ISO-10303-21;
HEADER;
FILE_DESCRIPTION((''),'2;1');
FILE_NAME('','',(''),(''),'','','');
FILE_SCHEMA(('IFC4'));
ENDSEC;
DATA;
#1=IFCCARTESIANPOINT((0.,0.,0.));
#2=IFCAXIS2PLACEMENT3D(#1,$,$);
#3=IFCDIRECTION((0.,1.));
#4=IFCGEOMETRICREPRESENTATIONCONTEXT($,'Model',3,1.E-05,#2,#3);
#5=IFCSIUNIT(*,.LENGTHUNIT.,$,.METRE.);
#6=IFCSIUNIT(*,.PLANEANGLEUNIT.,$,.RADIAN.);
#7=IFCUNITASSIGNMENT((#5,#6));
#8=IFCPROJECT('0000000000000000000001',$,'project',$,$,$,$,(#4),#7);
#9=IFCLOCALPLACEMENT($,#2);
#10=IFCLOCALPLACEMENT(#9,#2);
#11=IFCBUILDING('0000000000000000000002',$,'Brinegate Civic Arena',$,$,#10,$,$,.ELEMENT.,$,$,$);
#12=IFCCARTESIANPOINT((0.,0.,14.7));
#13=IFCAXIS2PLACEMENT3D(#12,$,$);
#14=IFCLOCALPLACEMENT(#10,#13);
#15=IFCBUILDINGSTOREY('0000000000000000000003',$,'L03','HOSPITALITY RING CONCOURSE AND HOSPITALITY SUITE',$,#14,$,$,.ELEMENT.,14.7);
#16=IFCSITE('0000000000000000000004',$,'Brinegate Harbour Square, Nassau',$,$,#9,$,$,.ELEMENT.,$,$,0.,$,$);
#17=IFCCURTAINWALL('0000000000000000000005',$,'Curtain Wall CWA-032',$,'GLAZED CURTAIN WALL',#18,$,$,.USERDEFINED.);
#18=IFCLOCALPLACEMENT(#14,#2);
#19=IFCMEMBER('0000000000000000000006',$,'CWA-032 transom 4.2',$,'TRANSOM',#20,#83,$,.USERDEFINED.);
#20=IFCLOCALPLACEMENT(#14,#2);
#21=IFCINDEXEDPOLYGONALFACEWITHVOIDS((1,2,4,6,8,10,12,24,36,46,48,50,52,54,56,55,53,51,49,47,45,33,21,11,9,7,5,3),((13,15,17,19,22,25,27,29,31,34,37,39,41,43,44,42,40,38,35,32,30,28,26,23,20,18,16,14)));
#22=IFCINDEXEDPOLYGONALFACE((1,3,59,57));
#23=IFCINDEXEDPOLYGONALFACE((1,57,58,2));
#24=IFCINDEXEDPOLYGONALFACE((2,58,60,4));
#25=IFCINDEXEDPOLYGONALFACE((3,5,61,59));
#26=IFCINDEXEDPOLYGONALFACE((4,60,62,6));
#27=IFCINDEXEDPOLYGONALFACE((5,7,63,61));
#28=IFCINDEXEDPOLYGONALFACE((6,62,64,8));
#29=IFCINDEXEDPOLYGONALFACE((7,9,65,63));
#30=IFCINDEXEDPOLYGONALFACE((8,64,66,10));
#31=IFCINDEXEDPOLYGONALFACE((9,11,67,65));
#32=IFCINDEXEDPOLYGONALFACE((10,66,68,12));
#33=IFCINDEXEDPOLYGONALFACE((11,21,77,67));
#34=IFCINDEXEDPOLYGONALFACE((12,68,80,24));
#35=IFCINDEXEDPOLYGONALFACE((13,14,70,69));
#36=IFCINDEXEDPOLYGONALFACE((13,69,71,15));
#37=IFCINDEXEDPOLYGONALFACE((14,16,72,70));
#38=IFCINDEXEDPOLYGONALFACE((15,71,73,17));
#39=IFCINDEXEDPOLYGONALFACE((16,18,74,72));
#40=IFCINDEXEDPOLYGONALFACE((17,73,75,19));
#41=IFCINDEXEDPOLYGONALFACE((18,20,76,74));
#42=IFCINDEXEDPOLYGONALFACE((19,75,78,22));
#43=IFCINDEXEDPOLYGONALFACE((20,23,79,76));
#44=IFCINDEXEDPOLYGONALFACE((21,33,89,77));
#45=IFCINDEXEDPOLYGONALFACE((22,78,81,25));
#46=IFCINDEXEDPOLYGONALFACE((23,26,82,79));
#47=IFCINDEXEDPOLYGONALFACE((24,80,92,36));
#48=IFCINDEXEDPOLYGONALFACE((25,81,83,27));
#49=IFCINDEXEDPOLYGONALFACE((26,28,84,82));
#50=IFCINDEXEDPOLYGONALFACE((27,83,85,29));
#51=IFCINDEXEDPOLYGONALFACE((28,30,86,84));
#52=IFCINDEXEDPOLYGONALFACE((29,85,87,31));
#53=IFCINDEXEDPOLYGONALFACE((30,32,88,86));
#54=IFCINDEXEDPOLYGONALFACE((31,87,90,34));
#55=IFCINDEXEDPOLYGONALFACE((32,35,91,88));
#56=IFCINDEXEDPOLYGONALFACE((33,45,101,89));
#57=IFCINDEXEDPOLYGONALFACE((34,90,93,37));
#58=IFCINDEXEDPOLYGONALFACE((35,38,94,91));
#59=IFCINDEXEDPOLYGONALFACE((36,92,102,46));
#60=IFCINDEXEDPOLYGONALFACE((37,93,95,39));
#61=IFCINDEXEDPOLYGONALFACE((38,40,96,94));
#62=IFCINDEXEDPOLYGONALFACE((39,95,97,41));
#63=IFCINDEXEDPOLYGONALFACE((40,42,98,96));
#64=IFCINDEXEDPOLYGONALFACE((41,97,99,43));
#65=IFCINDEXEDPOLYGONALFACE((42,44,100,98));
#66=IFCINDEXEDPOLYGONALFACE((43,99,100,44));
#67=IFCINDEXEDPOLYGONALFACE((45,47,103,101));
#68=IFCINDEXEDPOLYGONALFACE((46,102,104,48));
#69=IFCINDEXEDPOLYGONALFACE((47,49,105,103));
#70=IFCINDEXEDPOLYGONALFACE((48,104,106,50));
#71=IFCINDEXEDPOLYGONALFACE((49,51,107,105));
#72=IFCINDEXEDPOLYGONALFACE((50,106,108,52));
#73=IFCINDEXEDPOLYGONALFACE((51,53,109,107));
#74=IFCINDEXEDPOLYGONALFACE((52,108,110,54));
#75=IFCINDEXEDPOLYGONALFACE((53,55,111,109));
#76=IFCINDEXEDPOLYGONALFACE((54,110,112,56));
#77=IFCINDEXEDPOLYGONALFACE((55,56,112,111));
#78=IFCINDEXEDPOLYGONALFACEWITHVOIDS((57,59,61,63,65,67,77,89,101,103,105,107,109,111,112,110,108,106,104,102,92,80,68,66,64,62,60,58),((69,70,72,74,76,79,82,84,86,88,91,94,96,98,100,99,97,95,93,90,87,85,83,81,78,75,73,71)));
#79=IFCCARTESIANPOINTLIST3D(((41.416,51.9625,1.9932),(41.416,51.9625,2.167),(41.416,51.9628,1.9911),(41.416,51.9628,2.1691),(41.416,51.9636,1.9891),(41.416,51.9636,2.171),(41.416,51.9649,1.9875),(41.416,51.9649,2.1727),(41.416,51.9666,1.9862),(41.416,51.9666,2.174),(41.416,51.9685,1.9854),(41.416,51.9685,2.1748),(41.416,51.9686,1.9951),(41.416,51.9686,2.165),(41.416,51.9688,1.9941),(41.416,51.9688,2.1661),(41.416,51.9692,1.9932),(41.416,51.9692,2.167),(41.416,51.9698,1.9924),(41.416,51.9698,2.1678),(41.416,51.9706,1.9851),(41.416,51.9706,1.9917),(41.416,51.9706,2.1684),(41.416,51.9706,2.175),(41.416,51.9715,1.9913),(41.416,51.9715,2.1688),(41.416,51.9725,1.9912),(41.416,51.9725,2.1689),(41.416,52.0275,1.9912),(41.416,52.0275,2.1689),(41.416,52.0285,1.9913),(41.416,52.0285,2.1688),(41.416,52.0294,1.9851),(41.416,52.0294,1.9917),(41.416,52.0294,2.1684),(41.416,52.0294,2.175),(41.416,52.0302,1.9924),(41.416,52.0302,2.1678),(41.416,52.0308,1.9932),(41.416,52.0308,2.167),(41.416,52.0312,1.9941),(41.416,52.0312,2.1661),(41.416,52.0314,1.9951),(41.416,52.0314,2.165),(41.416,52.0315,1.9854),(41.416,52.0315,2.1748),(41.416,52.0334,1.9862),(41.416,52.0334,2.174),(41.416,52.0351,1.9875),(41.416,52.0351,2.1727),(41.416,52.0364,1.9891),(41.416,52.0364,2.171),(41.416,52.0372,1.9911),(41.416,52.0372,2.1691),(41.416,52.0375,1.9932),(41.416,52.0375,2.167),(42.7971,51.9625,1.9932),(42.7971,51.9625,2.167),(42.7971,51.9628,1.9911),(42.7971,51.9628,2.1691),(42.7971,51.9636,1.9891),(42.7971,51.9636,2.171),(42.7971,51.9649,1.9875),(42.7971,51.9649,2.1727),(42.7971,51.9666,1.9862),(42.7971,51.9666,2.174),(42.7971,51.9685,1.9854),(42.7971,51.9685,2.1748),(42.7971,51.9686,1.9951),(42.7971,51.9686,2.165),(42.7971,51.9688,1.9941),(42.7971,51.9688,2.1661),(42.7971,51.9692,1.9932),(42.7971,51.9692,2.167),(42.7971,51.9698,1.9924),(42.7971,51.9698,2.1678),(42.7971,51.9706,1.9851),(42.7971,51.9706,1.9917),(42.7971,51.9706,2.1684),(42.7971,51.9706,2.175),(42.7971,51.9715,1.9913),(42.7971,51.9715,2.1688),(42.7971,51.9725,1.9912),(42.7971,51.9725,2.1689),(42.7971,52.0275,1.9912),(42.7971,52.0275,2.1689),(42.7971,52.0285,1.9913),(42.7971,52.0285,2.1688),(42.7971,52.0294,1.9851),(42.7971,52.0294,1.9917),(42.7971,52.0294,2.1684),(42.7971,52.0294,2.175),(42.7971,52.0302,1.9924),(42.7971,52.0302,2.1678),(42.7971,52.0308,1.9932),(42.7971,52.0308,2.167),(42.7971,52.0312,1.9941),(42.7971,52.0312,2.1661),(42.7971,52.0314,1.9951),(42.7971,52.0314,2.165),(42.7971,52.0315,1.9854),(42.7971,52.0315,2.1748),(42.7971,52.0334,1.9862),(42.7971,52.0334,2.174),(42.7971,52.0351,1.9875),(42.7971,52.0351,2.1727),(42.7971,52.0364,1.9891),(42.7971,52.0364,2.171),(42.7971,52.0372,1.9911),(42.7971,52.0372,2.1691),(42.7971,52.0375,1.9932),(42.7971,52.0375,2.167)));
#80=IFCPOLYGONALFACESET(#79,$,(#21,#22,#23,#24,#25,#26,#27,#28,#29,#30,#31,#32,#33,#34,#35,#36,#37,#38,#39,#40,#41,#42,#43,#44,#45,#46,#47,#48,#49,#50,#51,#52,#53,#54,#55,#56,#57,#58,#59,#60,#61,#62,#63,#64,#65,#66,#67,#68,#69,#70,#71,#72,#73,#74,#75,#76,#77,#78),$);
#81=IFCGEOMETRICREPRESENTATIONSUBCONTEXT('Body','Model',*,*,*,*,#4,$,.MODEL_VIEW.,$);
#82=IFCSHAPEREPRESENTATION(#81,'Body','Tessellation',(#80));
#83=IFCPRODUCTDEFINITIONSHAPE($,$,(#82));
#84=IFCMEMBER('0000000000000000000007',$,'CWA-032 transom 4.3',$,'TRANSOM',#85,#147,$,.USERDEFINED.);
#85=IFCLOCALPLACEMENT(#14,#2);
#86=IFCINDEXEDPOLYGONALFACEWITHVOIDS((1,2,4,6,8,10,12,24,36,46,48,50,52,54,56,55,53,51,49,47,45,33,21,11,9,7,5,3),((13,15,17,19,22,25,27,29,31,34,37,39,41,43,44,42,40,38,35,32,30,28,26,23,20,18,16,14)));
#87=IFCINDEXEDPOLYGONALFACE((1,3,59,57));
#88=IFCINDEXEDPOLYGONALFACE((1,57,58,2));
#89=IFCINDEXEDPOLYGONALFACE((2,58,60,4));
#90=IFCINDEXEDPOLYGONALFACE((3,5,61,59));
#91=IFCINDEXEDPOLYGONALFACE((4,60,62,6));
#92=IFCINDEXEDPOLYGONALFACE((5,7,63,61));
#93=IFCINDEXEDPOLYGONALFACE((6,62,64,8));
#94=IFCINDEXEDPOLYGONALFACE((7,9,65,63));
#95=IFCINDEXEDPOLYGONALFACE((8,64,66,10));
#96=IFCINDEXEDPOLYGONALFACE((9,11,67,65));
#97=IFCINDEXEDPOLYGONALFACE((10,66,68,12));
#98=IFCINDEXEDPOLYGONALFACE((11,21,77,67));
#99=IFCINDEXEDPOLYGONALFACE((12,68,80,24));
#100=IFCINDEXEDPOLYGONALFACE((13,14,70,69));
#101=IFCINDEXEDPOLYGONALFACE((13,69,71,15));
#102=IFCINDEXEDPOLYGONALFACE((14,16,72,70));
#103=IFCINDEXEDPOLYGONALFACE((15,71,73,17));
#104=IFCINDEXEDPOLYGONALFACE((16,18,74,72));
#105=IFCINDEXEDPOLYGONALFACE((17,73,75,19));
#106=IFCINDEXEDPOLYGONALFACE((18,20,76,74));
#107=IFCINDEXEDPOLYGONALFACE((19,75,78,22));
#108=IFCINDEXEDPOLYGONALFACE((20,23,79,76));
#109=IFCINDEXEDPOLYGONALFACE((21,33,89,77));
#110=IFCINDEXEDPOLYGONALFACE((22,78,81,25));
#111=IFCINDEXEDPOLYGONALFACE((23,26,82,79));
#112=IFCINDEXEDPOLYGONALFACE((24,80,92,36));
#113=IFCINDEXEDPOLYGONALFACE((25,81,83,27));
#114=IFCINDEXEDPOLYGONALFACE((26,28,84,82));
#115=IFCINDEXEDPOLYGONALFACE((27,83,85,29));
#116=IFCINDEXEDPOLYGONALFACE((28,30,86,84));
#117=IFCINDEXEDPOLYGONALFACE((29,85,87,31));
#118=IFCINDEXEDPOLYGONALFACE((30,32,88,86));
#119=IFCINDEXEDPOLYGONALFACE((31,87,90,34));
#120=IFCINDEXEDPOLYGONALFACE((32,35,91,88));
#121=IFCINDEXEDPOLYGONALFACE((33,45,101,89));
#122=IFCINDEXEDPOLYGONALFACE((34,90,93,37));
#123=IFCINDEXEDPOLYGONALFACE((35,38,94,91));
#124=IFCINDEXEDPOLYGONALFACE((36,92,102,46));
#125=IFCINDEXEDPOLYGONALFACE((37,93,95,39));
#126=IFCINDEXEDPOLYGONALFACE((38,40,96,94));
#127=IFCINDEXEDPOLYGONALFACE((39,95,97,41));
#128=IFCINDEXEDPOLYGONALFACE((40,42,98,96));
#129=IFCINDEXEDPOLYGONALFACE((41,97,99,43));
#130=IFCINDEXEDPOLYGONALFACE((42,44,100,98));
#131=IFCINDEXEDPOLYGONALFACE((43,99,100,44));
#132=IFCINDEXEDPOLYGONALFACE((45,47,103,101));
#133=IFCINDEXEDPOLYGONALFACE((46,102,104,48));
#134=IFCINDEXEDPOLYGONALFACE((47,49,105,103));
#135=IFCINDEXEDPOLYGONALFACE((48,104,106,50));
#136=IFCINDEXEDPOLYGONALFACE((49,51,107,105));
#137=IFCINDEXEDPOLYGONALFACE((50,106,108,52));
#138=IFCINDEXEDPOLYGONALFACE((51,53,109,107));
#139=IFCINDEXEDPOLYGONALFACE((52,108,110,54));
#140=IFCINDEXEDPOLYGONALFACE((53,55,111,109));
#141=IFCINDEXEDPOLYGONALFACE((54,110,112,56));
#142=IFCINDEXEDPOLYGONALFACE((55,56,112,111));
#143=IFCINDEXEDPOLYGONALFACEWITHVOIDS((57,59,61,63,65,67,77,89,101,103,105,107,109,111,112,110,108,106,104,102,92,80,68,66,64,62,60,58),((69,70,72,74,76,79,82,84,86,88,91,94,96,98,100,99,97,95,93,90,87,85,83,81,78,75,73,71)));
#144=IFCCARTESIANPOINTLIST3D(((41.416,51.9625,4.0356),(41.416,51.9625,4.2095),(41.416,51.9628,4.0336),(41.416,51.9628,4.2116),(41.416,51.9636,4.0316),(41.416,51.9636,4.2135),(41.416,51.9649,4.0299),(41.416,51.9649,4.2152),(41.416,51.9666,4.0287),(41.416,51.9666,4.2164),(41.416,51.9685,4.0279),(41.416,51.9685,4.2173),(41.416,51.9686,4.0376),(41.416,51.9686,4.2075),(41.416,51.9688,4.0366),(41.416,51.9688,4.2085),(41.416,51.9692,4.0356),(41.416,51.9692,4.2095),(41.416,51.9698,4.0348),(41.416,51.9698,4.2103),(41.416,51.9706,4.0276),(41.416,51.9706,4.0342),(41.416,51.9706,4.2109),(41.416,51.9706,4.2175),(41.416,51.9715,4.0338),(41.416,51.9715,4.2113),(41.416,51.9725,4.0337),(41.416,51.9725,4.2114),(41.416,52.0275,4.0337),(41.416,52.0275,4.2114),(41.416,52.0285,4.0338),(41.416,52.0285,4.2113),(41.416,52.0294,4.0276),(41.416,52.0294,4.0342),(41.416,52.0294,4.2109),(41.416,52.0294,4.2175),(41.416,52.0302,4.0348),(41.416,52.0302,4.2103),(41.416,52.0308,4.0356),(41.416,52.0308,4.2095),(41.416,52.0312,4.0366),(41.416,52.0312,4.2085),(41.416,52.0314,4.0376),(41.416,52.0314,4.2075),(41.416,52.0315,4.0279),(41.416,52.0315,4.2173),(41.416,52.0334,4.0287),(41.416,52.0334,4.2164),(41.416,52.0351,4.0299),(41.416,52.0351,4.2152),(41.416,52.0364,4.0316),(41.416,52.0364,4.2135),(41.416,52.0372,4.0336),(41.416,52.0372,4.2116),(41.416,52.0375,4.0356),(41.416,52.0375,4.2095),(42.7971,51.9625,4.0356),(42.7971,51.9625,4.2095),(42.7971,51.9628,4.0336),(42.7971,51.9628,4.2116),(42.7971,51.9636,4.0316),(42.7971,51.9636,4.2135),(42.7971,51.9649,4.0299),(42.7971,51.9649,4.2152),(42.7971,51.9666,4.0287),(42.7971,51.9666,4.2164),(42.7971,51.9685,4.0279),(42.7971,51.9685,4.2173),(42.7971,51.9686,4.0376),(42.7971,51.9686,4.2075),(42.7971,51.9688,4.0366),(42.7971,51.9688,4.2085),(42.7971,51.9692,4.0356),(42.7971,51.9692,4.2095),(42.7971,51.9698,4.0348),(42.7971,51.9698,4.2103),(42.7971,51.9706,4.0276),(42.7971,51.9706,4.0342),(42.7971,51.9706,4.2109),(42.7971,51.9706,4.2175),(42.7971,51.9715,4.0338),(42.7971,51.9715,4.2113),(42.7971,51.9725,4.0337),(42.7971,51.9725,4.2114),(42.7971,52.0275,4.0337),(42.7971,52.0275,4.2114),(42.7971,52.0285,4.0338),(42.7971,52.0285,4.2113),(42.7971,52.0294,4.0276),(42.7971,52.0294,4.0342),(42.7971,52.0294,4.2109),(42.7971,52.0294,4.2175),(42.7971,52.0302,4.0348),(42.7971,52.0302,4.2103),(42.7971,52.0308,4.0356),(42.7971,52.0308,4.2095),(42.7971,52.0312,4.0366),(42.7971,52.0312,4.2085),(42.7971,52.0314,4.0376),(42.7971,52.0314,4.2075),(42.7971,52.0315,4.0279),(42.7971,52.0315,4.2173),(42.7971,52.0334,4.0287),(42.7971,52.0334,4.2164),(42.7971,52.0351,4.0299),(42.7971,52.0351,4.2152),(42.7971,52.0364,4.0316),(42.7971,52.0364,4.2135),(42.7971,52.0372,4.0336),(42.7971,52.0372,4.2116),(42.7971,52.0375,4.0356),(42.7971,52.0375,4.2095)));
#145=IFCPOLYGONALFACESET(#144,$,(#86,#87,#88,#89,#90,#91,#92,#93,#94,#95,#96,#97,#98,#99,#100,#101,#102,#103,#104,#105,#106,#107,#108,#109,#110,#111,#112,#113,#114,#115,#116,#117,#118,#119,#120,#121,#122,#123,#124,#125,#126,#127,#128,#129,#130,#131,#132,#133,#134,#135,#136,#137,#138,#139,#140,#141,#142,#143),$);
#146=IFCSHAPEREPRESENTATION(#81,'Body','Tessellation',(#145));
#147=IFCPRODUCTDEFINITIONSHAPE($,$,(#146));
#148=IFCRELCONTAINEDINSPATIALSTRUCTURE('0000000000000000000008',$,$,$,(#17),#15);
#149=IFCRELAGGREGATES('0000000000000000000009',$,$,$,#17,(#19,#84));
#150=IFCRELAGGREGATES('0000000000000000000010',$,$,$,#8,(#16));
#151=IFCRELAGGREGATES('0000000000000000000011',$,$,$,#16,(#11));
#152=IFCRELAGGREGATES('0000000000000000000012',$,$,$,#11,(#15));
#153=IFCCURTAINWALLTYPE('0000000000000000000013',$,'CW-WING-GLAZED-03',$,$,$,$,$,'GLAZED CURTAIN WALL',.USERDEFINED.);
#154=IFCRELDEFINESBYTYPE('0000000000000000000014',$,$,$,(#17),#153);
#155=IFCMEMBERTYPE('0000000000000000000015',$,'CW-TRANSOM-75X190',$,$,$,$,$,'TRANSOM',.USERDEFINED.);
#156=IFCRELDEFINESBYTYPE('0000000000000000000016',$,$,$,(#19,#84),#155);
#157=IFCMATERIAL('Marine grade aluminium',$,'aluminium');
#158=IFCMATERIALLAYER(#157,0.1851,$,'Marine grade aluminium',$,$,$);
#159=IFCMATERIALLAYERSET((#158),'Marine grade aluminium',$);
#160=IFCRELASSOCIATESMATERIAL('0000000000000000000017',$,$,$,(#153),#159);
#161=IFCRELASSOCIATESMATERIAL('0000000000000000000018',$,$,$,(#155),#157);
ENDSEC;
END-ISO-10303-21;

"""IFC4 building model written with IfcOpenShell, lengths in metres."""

from ifc_helpers import new_model, si_unit, direction, frame, origin, origin_2d, place, context, subcontext, project, spatial, hollow_rectangle, extrude, material, layer, layer_set, material_profile, profile_set, type_object, element, aggregate, save


model = new_model("IFC4")

# Units and contexts
model_context = context("Model", 3, precision=1e-05, world=origin(), true_north=direction((0.0, 1.0)))
body_context = subcontext(model_context, "Body", "Model", "MODEL_VIEW")
ifc_project = project(units=[si_unit("LENGTHUNIT", "METRE"), si_unit("PLANEANGLEUNIT", "RADIAN")], contexts=[model_context])

# Site, building, storey
site_placement = place(None, origin())
site = spatial("IfcSite", under=ifc_project, at=site_placement, Name="Brinegate Harbour Square, Nassau", CompositionType="ELEMENT", RefElevation=0.0)
building_placement = place(site_placement, origin())
building = spatial("IfcBuilding", under=site, at=building_placement, Name="Brinegate Civic Arena", CompositionType="ELEMENT")
storey_placement = place(building_placement, frame((0.0, 0.0, 14.7)))
storey = spatial("IfcBuildingStorey", under=building, at=storey_placement, Name="L03", Description="HOSPITALITY RING CONCOURSE AND HOSPITALITY SUITE", CompositionType="ELEMENT", Elevation=14.7)

# Curtain wall, members
ifc_material_1 = material(Name="Marine grade aluminium", Category="aluminium")
ifc_layer_1 = layer(ifc_material_1, 0.1851, Name="Marine grade aluminium")
ifc_layer_set_1 = layer_set([ifc_layer_1], Name="Marine grade aluminium")
curtain_wall_type = type_object("IfcCurtainWallType", Name="CW-WING-GLAZED-03", ElementType="GLAZED CURTAIN WALL", PredefinedType="USERDEFINED", material=ifc_layer_set_1)
curtain_wall_placement = place(storey_placement, origin())
curtain_wall = element("IfcCurtainWall", 1, at=curtain_wall_placement, inside=storey, type_object=curtain_wall_type, Name="Curtain Wall CWA-032", ObjectType="GLAZED CURTAIN WALL", PredefinedType="USERDEFINED")
ifc_material_profile_1 = material_profile(ifc_material_1, hollow_rectangle(XDim=0.075, YDim=0.1899, WallThickness=0.0061, InnerFilletRadius=0.0039, OuterFilletRadius=0.0081, at=origin_2d()), Name="TRN75X190")
ifc_profile_set_1 = profile_set([ifc_material_profile_1], Name="Marine grade aluminium")
member_type_1 = type_object("IfcMemberType", Name="CW-TRANSOM-75X190", ElementType="TRANSOM", PredefinedType="USERDEFINED", material=ifc_profile_set_1)
member_1_placement = place(storey_placement, frame((41.416, 52.0, 2.0801), z_axis=(1.0, 0.0, 0.0), x_axis=(0.0, 1.0, 0.0)))
member_1 = element("IfcMember", 2, at=member_1_placement, type_object=member_type_1, Name="CWA-032 transom 4.2", ObjectType="TRANSOM", PredefinedType="USERDEFINED", context=body_context, shape_type="SweptSolid", body=[
    extrude(hollow_rectangle(XDim=0.075, YDim=0.1899, WallThickness=0.0061, InnerFilletRadius=0.0039, OuterFilletRadius=0.0081, at=origin_2d()), origin(), (0.0, 0.0, 1.0), 1.3811),
])
member_2_placement = place(storey_placement, frame((41.416, 52.0, 4.1226), z_axis=(1.0, 0.0, 0.0), x_axis=(0.0, 1.0, 0.0)))
member_2 = element("IfcMember", 3, at=member_2_placement, type_object=member_type_1, Name="CWA-032 transom 4.3", ObjectType="TRANSOM", PredefinedType="USERDEFINED", context=body_context, shape_type="SweptSolid", body=[
    extrude(hollow_rectangle(XDim=0.075, YDim=0.1899, WallThickness=0.0061, InnerFilletRadius=0.0039, OuterFilletRadius=0.0081, at=origin_2d()), origin(), (0.0, 0.0, 1.0), 1.3811),
])
aggregate(curtain_wall, [member_1, member_2])

save(model, "model.ifc")
